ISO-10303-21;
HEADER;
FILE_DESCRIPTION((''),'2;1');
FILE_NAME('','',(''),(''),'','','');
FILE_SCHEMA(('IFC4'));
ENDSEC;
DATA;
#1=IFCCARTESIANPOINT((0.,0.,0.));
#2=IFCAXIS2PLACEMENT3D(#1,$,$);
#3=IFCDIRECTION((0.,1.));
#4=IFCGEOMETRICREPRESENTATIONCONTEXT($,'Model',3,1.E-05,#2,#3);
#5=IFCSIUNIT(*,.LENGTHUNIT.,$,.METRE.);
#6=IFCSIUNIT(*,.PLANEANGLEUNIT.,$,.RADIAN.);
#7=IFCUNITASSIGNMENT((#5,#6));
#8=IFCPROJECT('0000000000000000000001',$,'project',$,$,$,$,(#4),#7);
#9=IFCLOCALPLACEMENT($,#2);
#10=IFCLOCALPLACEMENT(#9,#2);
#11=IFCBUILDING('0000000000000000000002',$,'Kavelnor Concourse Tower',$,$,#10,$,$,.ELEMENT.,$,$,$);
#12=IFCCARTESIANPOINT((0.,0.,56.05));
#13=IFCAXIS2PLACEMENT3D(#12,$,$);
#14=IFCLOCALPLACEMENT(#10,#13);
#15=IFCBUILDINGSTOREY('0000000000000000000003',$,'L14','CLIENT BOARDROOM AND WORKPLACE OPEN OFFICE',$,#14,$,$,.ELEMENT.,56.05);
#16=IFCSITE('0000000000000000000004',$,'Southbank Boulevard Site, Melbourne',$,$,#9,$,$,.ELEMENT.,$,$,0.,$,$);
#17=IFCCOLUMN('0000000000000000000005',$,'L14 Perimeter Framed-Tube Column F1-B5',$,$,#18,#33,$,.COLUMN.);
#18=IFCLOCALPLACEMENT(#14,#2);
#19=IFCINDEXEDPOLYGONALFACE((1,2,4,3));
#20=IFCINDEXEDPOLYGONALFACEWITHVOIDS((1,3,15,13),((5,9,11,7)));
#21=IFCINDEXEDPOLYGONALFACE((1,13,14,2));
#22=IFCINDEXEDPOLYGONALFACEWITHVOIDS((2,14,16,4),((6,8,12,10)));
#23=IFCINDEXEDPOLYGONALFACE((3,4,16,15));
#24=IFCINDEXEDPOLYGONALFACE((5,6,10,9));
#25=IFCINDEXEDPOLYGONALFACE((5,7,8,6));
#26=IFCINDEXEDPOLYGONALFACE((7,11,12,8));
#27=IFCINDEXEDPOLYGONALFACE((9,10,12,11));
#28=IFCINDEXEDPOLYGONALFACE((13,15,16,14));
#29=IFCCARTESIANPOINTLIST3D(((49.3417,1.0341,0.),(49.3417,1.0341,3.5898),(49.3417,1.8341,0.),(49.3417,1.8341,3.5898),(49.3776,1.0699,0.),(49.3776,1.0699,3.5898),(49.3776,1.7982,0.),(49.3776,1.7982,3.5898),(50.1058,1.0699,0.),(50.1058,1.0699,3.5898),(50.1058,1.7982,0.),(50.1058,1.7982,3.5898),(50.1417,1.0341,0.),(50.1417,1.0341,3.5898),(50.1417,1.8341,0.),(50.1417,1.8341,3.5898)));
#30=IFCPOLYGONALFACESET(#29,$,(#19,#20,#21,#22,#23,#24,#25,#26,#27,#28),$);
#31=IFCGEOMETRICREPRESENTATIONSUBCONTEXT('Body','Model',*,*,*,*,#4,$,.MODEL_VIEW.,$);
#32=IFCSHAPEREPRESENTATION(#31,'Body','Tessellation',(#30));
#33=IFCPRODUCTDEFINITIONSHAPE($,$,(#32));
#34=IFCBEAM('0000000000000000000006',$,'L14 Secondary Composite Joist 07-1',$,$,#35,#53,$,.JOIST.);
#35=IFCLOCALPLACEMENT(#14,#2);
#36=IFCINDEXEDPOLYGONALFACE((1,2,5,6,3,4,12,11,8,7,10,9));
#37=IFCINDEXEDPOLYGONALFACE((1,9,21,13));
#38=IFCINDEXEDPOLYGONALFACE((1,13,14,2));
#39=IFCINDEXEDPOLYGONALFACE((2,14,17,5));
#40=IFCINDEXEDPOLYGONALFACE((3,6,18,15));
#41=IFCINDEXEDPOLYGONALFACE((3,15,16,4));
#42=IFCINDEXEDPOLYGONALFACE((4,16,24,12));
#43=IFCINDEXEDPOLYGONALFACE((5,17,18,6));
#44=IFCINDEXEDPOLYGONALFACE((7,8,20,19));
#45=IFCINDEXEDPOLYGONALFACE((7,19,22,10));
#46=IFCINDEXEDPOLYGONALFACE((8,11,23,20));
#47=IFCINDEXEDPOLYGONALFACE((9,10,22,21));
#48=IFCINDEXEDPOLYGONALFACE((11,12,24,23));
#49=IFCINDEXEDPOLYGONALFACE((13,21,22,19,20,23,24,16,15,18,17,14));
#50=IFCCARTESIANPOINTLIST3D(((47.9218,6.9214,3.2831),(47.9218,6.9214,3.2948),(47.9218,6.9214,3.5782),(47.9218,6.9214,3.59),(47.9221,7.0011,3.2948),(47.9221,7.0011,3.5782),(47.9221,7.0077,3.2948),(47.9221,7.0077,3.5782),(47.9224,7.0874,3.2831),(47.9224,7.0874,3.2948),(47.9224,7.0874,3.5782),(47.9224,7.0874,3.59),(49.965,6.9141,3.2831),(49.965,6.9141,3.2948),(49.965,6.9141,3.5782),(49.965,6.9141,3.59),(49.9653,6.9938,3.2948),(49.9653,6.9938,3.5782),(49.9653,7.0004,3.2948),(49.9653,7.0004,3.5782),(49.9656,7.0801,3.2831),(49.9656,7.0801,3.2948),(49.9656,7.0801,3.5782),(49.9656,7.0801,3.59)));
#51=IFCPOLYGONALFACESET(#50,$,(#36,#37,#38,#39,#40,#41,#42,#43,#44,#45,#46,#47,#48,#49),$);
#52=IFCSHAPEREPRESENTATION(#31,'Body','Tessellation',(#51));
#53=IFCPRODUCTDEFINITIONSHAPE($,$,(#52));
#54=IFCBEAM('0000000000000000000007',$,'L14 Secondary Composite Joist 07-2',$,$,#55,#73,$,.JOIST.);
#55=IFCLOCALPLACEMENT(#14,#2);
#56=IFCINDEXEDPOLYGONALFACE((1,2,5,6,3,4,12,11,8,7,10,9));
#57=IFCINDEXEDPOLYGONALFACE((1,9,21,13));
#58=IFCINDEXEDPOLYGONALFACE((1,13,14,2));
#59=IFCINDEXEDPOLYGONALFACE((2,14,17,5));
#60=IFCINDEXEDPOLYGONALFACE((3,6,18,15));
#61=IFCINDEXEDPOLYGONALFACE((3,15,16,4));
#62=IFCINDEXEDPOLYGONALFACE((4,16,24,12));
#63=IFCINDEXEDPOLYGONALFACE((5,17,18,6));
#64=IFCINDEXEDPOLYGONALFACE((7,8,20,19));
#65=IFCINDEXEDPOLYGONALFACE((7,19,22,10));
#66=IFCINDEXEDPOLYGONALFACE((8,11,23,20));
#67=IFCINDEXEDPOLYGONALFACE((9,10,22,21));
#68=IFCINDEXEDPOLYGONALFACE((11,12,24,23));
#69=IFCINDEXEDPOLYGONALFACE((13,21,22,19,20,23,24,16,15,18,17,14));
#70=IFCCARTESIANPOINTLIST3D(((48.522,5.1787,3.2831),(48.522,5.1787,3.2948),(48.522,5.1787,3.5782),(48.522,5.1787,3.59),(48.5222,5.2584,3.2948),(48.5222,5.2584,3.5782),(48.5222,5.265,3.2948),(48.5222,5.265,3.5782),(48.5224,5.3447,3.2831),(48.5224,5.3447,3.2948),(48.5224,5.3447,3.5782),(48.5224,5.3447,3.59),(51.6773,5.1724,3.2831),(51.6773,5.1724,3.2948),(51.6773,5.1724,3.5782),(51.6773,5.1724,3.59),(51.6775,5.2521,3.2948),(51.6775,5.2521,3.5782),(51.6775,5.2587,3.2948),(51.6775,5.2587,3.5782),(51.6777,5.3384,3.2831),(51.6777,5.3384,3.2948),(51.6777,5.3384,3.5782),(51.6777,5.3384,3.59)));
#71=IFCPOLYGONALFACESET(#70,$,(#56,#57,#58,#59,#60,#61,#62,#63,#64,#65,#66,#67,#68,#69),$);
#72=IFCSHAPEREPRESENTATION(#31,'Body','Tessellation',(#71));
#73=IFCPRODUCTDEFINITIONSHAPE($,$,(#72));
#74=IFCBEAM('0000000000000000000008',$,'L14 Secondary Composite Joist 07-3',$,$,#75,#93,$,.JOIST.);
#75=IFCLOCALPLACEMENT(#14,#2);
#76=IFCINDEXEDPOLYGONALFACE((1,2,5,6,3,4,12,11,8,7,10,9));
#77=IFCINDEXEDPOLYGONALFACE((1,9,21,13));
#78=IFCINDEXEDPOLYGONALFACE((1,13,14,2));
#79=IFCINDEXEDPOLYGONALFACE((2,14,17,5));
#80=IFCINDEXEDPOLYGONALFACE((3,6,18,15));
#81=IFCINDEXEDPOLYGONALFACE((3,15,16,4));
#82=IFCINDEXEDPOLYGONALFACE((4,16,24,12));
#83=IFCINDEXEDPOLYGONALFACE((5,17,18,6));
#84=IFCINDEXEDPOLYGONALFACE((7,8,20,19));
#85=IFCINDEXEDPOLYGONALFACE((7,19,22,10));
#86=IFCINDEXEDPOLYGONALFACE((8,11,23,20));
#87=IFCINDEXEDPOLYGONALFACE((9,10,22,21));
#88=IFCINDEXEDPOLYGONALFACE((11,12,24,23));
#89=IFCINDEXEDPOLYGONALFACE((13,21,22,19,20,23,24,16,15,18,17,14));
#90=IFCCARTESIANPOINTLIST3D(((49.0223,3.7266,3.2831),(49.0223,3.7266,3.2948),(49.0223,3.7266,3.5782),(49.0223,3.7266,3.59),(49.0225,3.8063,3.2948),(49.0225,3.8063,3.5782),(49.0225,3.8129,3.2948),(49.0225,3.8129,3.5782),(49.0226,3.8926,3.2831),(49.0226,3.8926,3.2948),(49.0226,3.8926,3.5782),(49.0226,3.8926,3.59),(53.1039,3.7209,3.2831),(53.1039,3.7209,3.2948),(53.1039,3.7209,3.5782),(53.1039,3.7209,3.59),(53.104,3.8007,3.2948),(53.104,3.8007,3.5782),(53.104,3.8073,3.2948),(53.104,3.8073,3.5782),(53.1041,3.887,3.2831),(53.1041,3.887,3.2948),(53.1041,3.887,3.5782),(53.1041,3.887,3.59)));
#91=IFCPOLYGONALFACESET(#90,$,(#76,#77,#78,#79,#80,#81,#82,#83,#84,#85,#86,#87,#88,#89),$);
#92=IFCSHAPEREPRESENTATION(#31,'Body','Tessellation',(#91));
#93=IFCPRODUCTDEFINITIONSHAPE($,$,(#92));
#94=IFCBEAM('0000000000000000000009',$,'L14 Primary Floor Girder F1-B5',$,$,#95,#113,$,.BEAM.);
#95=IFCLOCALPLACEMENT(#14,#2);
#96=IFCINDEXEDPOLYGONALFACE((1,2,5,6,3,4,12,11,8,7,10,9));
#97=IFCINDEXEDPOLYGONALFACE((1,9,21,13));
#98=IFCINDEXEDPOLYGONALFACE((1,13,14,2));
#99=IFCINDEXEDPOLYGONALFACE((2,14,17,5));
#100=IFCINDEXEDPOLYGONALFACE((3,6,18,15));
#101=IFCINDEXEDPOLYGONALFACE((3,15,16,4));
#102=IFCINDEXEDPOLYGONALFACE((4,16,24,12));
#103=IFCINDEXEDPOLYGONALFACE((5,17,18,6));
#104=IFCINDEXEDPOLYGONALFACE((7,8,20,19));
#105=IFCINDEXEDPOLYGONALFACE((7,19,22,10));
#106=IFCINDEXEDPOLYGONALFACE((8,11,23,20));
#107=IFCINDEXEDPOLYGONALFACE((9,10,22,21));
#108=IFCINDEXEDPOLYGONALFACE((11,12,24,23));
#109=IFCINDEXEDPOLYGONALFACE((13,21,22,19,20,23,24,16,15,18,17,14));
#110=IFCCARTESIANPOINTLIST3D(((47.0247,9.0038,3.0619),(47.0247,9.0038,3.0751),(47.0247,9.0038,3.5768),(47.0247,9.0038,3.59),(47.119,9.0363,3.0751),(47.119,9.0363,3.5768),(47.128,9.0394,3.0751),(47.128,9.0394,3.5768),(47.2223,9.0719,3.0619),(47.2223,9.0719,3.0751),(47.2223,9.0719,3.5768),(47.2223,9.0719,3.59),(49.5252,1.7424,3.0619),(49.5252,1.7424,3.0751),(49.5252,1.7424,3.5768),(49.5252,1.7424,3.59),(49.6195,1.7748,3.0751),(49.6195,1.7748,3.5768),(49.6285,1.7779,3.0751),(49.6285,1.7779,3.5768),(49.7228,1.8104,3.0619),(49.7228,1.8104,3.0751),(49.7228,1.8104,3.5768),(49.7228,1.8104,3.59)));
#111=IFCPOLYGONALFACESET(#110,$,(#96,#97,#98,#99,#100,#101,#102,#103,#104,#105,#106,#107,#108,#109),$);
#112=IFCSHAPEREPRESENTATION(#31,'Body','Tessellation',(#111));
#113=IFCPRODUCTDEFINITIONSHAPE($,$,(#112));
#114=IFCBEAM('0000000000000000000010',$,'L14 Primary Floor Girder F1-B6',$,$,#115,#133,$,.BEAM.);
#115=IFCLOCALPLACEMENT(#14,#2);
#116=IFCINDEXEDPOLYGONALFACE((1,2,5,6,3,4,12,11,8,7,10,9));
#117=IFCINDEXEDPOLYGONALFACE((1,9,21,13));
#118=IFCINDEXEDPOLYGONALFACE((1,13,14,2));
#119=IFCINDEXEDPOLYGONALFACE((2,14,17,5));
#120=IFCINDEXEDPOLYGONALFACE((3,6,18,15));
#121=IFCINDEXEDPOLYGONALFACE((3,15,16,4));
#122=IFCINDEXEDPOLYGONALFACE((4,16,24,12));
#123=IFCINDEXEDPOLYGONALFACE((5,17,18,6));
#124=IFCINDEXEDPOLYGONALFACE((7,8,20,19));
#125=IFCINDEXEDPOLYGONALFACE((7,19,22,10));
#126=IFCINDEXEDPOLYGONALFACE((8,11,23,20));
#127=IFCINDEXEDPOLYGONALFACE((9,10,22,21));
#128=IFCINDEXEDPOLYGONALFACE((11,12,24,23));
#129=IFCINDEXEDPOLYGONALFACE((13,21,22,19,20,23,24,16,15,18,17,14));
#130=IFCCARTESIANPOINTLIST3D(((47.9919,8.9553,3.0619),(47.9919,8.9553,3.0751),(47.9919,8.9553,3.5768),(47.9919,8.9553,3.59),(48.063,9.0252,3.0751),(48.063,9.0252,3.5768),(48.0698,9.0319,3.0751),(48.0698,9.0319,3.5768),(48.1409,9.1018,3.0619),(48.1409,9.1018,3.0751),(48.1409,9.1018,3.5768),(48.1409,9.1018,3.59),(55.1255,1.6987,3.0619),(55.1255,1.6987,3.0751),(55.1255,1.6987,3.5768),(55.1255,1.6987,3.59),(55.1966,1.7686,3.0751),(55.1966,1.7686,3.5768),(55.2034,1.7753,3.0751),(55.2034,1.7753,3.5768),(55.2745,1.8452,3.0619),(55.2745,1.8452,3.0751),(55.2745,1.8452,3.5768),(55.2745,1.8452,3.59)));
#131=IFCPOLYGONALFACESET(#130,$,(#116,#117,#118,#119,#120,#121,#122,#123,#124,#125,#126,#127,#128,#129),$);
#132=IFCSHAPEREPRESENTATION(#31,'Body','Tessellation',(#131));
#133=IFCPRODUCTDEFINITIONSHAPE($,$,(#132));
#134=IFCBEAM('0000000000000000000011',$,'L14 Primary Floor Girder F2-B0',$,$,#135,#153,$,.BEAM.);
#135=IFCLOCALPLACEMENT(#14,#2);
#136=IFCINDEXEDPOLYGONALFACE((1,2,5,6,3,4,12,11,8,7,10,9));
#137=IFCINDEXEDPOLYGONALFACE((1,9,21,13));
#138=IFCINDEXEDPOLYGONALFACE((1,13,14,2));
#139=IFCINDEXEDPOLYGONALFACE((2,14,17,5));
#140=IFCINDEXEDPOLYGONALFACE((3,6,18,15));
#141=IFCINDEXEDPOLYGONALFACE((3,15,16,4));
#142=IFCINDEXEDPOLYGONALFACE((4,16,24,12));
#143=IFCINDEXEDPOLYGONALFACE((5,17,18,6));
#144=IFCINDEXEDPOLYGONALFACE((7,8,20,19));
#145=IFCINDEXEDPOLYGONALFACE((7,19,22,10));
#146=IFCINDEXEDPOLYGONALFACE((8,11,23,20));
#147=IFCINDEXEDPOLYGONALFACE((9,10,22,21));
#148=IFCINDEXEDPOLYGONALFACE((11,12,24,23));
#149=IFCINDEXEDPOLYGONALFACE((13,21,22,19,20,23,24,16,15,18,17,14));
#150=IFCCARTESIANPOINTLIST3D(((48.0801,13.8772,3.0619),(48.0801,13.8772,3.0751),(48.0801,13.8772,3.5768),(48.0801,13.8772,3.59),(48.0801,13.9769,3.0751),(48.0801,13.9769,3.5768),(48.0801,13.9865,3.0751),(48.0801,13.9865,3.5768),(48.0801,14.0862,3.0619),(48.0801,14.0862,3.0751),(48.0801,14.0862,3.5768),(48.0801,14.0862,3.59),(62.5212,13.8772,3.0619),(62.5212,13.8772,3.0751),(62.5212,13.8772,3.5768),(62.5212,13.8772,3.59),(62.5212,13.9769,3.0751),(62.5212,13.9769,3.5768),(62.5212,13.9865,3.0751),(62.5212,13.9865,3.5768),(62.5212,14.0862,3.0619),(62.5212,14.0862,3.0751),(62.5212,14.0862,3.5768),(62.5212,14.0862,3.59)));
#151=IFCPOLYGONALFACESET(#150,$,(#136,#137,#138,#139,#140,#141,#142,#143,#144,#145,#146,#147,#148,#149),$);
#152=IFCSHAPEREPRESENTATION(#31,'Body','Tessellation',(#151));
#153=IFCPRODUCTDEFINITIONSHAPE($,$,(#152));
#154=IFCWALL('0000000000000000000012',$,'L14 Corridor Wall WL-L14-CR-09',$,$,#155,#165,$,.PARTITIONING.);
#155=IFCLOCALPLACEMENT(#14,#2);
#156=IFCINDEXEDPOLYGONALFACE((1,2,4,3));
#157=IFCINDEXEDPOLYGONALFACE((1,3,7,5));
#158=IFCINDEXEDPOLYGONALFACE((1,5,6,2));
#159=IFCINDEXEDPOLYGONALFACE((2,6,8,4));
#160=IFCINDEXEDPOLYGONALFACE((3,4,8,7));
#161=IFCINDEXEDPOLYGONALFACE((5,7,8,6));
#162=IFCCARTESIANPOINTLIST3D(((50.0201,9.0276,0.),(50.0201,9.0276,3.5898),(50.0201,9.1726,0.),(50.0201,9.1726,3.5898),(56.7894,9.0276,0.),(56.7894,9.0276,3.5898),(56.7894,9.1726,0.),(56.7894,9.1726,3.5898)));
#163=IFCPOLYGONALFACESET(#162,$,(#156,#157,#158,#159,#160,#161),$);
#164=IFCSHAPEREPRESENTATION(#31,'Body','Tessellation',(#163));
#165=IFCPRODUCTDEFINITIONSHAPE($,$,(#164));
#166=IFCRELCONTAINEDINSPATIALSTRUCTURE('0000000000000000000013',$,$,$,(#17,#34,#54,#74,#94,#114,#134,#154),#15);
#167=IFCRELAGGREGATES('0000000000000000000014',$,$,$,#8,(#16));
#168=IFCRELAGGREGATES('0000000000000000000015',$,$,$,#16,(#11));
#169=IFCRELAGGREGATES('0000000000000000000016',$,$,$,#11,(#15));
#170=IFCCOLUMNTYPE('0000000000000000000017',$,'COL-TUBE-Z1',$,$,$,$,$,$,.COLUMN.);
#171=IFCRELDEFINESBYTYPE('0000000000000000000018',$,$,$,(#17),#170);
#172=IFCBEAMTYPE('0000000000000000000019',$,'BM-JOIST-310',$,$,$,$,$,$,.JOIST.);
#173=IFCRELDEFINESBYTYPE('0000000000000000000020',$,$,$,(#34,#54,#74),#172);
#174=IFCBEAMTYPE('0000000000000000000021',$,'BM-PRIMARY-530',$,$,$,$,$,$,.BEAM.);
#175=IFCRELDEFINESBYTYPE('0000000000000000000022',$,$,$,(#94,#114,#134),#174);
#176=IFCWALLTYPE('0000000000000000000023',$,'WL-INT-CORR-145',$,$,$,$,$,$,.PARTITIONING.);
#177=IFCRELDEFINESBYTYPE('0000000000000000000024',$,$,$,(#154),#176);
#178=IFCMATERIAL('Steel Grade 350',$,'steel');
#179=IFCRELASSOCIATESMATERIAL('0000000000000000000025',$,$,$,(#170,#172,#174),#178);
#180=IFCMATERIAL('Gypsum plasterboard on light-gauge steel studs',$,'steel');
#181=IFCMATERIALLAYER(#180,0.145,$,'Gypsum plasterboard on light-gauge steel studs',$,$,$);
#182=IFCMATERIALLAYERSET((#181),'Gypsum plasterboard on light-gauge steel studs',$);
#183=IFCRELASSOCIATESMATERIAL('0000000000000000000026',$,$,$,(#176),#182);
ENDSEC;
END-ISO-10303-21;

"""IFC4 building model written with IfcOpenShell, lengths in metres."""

from ifc_helpers import new_model, si_unit, direction, frame, frame_2d, origin, origin_2d, place, context, subcontext, project, spatial, rectangle, hollow_rectangle, i_section, extrude, material, layer, layer_set, material_profile, profile_set, type_object, element, save


model = new_model("IFC4")

# Units and contexts
model_context = context("Model", 3, precision=1e-05, world=origin(), true_north=direction((0.0, 1.0)))
body_context = subcontext(model_context, "Body", "Model", "MODEL_VIEW")
ifc_project = project(units=[si_unit("LENGTHUNIT", "METRE"), si_unit("PLANEANGLEUNIT", "RADIAN")], contexts=[model_context])

# Site, building, storey
site_placement = place(None, origin())
site = spatial("IfcSite", under=ifc_project, at=site_placement, Name="Southbank Boulevard Site, Melbourne", CompositionType="ELEMENT", RefElevation=0.0)
building_placement = place(site_placement, origin())
building = spatial("IfcBuilding", under=site, at=building_placement, Name="Kavelnor Concourse Tower", CompositionType="ELEMENT")
storey_placement = place(building_placement, frame((0.0, 0.0, 56.05)))
storey = spatial("IfcBuildingStorey", under=building, at=storey_placement, Name="L14", Description="CLIENT BOARDROOM AND WORKPLACE OPEN OFFICE", CompositionType="ELEMENT", Elevation=56.05)

# Column
ifc_material_1 = material(Name="Steel Grade 350", Category="steel")
ifc_material_profile_1 = material_profile(ifc_material_1, hollow_rectangle(XDim=0.8, YDim=0.8, WallThickness=0.0359, at=origin_2d()), Name="SHS 800x800x36")
ifc_profile_set_1 = profile_set([ifc_material_profile_1], Name="Steel Grade 350")
column_type = type_object("IfcColumnType", Name="COL-TUBE-Z1", PredefinedType="COLUMN", material=ifc_profile_set_1)
column_placement = place(storey_placement, frame((49.7417, 1.4341, 0.0), z_axis=(0.0, 0.0, 1.0), x_axis=(1.0, 0.0, 0.0)))
element("IfcColumn", 1, at=column_placement, inside=storey, type_object=column_type, Name="L14 Perimeter Framed-Tube Column F1-B5", PredefinedType="COLUMN", context=body_context, shape_type="SweptSolid", body=[
    extrude(hollow_rectangle(XDim=0.8, YDim=0.8, WallThickness=0.0359, at=origin_2d()), origin(), (0.0, 0.0, 1.0), 3.5898),
])

# Beams
ifc_material_profile_2 = material_profile(ifc_material_1, i_section(OverallWidth=0.166, OverallDepth=0.3069, WebThickness=0.0066, FlangeThickness=0.0117, at=origin_2d()), Name="310UB46")
ifc_profile_set_2 = profile_set([ifc_material_profile_2], Name="Steel Grade 350")
beam_type_1 = type_object("IfcBeamType", Name="BM-JOIST-310", PredefinedType="JOIST", material=ifc_profile_set_2)
beam_1_placement = place(storey_placement, frame((47.9221, 7.0044, 3.4365), z_axis=(0.999994, -0.003585, 0.0), x_axis=(0.003585, 0.999994, 0.0)))
element("IfcBeam", 2, at=beam_1_placement, inside=storey, type_object=beam_type_1, Name="L14 Secondary Composite Joist 07-1", PredefinedType="JOIST", context=body_context, shape_type="SweptSolid", body=[
    extrude(i_section(OverallWidth=0.166, OverallDepth=0.3069, WebThickness=0.0066, FlangeThickness=0.0117, at=origin_2d()), origin(), (0.0, 0.0, 1.0), 2.0432),
])
beam_2_placement = place(storey_placement, frame((48.5222, 5.2617, 3.4365), z_axis=(0.999998, -0.002012, 0.0), x_axis=(0.002012, 0.999998, 0.0)))
element("IfcBeam", 3, at=beam_2_placement, inside=storey, type_object=beam_type_1, Name="L14 Secondary Composite Joist 07-2", PredefinedType="JOIST", context=body_context, shape_type="SweptSolid", body=[
    extrude(i_section(OverallWidth=0.166, OverallDepth=0.3069, WebThickness=0.0066, FlangeThickness=0.0117, at=origin_2d()), origin(), (0.0, 0.0, 1.0), 3.1553),
])
beam_3_placement = place(storey_placement, frame((49.0225, 3.8096, 3.4365), z_axis=(0.999999, -0.001376, 0.0), x_axis=(0.001376, 0.999999, 0.0)))
element("IfcBeam", 4, at=beam_3_placement, inside=storey, type_object=beam_type_1, Name="L14 Secondary Composite Joist 07-3", PredefinedType="JOIST", context=body_context, shape_type="SweptSolid", body=[
    extrude(i_section(OverallWidth=0.166, OverallDepth=0.3069, WebThickness=0.0066, FlangeThickness=0.0117, at=origin_2d()), origin(), (0.0, 0.0, 1.0), 4.0815),
])
ifc_material_profile_3 = material_profile(ifc_material_1, i_section(OverallWidth=0.209, OverallDepth=0.5281, WebThickness=0.0095, FlangeThickness=0.0132, at=origin_2d()), Name="530UB82")
ifc_profile_set_3 = profile_set([ifc_material_profile_3], Name="Steel Grade 350")
beam_type_2 = type_object("IfcBeamType", Name="BM-PRIMARY-530", PredefinedType="BEAM", material=ifc_profile_set_3)
beam_4_placement = place(storey_placement, frame((47.1235, 9.0378, 3.3259), z_axis=(0.325587, -0.945512, 0.0), x_axis=(0.945512, 0.325587, 0.0)))
element("IfcBeam", 5, at=beam_4_placement, inside=storey, type_object=beam_type_2, Name="L14 Primary Floor Girder F1-B5", PredefinedType="BEAM", context=body_context, shape_type="SweptSolid", body=[
    extrude(i_section(OverallWidth=0.209, OverallDepth=0.5281, WebThickness=0.0095, FlangeThickness=0.0132, at=origin_2d()), origin(), (0.0, 0.0, 1.0), 7.6799),
])
beam_5_placement = place(storey_placement, frame((48.0664, 9.0286, 3.3259), z_axis=(0.701035, -0.713127, 0.0), x_axis=(0.713127, 0.701035, 0.0)))
element("IfcBeam", 6, at=beam_5_placement, inside=storey, type_object=beam_type_2, Name="L14 Primary Floor Girder F1-B6", PredefinedType="BEAM", context=body_context, shape_type="SweptSolid", body=[
    extrude(i_section(OverallWidth=0.209, OverallDepth=0.5281, WebThickness=0.0095, FlangeThickness=0.0132, at=origin_2d()), origin(), (0.0, 0.0, 1.0), 10.1758),
])
beam_6_placement = place(storey_placement, frame((48.0801, 13.9817, 3.3259), z_axis=(1.0, 0.0, 0.0), x_axis=(0.0, 1.0, 0.0)))
element("IfcBeam", 7, at=beam_6_placement, inside=storey, type_object=beam_type_2, Name="L14 Primary Floor Girder F2-B0", PredefinedType="BEAM", context=body_context, shape_type="SweptSolid", body=[
    extrude(i_section(OverallWidth=0.209, OverallDepth=0.5281, WebThickness=0.0095, FlangeThickness=0.0132, at=origin_2d()), origin(), (0.0, 0.0, 1.0), 14.4412),
])

# Wall
ifc_material_2 = material(Name="Gypsum plasterboard on light-gauge steel studs", Category="steel")
ifc_layer_1 = layer(ifc_material_2, 0.145, Name="Gypsum plasterboard on light-gauge steel studs")
ifc_layer_set_1 = layer_set([ifc_layer_1], Name="Gypsum plasterboard on light-gauge steel studs")
wall_type_1 = type_object("IfcWallType", Name="WL-INT-CORR-145", PredefinedType="PARTITIONING", material=ifc_layer_set_1)
wall_1_placement = place(storey_placement, frame((50.02, 9.1001, 0.0), z_axis=(0.0, 0.0, 1.0), x_axis=(1.0, 0.0, 0.0)))
element("IfcWall", 8, at=wall_1_placement, inside=storey, type_object=wall_type_1, Name="L14 Corridor Wall WL-L14-CR-09", PredefinedType="PARTITIONING", context=body_context, shape_type="SweptSolid", body=[
    extrude(rectangle(XDim=6.7693, YDim=0.145, at=frame_2d((3.3848, 0.0))), origin(), (0.0, 0.0, 1.0), 3.5898),
])

save(model, "model.ifc")
